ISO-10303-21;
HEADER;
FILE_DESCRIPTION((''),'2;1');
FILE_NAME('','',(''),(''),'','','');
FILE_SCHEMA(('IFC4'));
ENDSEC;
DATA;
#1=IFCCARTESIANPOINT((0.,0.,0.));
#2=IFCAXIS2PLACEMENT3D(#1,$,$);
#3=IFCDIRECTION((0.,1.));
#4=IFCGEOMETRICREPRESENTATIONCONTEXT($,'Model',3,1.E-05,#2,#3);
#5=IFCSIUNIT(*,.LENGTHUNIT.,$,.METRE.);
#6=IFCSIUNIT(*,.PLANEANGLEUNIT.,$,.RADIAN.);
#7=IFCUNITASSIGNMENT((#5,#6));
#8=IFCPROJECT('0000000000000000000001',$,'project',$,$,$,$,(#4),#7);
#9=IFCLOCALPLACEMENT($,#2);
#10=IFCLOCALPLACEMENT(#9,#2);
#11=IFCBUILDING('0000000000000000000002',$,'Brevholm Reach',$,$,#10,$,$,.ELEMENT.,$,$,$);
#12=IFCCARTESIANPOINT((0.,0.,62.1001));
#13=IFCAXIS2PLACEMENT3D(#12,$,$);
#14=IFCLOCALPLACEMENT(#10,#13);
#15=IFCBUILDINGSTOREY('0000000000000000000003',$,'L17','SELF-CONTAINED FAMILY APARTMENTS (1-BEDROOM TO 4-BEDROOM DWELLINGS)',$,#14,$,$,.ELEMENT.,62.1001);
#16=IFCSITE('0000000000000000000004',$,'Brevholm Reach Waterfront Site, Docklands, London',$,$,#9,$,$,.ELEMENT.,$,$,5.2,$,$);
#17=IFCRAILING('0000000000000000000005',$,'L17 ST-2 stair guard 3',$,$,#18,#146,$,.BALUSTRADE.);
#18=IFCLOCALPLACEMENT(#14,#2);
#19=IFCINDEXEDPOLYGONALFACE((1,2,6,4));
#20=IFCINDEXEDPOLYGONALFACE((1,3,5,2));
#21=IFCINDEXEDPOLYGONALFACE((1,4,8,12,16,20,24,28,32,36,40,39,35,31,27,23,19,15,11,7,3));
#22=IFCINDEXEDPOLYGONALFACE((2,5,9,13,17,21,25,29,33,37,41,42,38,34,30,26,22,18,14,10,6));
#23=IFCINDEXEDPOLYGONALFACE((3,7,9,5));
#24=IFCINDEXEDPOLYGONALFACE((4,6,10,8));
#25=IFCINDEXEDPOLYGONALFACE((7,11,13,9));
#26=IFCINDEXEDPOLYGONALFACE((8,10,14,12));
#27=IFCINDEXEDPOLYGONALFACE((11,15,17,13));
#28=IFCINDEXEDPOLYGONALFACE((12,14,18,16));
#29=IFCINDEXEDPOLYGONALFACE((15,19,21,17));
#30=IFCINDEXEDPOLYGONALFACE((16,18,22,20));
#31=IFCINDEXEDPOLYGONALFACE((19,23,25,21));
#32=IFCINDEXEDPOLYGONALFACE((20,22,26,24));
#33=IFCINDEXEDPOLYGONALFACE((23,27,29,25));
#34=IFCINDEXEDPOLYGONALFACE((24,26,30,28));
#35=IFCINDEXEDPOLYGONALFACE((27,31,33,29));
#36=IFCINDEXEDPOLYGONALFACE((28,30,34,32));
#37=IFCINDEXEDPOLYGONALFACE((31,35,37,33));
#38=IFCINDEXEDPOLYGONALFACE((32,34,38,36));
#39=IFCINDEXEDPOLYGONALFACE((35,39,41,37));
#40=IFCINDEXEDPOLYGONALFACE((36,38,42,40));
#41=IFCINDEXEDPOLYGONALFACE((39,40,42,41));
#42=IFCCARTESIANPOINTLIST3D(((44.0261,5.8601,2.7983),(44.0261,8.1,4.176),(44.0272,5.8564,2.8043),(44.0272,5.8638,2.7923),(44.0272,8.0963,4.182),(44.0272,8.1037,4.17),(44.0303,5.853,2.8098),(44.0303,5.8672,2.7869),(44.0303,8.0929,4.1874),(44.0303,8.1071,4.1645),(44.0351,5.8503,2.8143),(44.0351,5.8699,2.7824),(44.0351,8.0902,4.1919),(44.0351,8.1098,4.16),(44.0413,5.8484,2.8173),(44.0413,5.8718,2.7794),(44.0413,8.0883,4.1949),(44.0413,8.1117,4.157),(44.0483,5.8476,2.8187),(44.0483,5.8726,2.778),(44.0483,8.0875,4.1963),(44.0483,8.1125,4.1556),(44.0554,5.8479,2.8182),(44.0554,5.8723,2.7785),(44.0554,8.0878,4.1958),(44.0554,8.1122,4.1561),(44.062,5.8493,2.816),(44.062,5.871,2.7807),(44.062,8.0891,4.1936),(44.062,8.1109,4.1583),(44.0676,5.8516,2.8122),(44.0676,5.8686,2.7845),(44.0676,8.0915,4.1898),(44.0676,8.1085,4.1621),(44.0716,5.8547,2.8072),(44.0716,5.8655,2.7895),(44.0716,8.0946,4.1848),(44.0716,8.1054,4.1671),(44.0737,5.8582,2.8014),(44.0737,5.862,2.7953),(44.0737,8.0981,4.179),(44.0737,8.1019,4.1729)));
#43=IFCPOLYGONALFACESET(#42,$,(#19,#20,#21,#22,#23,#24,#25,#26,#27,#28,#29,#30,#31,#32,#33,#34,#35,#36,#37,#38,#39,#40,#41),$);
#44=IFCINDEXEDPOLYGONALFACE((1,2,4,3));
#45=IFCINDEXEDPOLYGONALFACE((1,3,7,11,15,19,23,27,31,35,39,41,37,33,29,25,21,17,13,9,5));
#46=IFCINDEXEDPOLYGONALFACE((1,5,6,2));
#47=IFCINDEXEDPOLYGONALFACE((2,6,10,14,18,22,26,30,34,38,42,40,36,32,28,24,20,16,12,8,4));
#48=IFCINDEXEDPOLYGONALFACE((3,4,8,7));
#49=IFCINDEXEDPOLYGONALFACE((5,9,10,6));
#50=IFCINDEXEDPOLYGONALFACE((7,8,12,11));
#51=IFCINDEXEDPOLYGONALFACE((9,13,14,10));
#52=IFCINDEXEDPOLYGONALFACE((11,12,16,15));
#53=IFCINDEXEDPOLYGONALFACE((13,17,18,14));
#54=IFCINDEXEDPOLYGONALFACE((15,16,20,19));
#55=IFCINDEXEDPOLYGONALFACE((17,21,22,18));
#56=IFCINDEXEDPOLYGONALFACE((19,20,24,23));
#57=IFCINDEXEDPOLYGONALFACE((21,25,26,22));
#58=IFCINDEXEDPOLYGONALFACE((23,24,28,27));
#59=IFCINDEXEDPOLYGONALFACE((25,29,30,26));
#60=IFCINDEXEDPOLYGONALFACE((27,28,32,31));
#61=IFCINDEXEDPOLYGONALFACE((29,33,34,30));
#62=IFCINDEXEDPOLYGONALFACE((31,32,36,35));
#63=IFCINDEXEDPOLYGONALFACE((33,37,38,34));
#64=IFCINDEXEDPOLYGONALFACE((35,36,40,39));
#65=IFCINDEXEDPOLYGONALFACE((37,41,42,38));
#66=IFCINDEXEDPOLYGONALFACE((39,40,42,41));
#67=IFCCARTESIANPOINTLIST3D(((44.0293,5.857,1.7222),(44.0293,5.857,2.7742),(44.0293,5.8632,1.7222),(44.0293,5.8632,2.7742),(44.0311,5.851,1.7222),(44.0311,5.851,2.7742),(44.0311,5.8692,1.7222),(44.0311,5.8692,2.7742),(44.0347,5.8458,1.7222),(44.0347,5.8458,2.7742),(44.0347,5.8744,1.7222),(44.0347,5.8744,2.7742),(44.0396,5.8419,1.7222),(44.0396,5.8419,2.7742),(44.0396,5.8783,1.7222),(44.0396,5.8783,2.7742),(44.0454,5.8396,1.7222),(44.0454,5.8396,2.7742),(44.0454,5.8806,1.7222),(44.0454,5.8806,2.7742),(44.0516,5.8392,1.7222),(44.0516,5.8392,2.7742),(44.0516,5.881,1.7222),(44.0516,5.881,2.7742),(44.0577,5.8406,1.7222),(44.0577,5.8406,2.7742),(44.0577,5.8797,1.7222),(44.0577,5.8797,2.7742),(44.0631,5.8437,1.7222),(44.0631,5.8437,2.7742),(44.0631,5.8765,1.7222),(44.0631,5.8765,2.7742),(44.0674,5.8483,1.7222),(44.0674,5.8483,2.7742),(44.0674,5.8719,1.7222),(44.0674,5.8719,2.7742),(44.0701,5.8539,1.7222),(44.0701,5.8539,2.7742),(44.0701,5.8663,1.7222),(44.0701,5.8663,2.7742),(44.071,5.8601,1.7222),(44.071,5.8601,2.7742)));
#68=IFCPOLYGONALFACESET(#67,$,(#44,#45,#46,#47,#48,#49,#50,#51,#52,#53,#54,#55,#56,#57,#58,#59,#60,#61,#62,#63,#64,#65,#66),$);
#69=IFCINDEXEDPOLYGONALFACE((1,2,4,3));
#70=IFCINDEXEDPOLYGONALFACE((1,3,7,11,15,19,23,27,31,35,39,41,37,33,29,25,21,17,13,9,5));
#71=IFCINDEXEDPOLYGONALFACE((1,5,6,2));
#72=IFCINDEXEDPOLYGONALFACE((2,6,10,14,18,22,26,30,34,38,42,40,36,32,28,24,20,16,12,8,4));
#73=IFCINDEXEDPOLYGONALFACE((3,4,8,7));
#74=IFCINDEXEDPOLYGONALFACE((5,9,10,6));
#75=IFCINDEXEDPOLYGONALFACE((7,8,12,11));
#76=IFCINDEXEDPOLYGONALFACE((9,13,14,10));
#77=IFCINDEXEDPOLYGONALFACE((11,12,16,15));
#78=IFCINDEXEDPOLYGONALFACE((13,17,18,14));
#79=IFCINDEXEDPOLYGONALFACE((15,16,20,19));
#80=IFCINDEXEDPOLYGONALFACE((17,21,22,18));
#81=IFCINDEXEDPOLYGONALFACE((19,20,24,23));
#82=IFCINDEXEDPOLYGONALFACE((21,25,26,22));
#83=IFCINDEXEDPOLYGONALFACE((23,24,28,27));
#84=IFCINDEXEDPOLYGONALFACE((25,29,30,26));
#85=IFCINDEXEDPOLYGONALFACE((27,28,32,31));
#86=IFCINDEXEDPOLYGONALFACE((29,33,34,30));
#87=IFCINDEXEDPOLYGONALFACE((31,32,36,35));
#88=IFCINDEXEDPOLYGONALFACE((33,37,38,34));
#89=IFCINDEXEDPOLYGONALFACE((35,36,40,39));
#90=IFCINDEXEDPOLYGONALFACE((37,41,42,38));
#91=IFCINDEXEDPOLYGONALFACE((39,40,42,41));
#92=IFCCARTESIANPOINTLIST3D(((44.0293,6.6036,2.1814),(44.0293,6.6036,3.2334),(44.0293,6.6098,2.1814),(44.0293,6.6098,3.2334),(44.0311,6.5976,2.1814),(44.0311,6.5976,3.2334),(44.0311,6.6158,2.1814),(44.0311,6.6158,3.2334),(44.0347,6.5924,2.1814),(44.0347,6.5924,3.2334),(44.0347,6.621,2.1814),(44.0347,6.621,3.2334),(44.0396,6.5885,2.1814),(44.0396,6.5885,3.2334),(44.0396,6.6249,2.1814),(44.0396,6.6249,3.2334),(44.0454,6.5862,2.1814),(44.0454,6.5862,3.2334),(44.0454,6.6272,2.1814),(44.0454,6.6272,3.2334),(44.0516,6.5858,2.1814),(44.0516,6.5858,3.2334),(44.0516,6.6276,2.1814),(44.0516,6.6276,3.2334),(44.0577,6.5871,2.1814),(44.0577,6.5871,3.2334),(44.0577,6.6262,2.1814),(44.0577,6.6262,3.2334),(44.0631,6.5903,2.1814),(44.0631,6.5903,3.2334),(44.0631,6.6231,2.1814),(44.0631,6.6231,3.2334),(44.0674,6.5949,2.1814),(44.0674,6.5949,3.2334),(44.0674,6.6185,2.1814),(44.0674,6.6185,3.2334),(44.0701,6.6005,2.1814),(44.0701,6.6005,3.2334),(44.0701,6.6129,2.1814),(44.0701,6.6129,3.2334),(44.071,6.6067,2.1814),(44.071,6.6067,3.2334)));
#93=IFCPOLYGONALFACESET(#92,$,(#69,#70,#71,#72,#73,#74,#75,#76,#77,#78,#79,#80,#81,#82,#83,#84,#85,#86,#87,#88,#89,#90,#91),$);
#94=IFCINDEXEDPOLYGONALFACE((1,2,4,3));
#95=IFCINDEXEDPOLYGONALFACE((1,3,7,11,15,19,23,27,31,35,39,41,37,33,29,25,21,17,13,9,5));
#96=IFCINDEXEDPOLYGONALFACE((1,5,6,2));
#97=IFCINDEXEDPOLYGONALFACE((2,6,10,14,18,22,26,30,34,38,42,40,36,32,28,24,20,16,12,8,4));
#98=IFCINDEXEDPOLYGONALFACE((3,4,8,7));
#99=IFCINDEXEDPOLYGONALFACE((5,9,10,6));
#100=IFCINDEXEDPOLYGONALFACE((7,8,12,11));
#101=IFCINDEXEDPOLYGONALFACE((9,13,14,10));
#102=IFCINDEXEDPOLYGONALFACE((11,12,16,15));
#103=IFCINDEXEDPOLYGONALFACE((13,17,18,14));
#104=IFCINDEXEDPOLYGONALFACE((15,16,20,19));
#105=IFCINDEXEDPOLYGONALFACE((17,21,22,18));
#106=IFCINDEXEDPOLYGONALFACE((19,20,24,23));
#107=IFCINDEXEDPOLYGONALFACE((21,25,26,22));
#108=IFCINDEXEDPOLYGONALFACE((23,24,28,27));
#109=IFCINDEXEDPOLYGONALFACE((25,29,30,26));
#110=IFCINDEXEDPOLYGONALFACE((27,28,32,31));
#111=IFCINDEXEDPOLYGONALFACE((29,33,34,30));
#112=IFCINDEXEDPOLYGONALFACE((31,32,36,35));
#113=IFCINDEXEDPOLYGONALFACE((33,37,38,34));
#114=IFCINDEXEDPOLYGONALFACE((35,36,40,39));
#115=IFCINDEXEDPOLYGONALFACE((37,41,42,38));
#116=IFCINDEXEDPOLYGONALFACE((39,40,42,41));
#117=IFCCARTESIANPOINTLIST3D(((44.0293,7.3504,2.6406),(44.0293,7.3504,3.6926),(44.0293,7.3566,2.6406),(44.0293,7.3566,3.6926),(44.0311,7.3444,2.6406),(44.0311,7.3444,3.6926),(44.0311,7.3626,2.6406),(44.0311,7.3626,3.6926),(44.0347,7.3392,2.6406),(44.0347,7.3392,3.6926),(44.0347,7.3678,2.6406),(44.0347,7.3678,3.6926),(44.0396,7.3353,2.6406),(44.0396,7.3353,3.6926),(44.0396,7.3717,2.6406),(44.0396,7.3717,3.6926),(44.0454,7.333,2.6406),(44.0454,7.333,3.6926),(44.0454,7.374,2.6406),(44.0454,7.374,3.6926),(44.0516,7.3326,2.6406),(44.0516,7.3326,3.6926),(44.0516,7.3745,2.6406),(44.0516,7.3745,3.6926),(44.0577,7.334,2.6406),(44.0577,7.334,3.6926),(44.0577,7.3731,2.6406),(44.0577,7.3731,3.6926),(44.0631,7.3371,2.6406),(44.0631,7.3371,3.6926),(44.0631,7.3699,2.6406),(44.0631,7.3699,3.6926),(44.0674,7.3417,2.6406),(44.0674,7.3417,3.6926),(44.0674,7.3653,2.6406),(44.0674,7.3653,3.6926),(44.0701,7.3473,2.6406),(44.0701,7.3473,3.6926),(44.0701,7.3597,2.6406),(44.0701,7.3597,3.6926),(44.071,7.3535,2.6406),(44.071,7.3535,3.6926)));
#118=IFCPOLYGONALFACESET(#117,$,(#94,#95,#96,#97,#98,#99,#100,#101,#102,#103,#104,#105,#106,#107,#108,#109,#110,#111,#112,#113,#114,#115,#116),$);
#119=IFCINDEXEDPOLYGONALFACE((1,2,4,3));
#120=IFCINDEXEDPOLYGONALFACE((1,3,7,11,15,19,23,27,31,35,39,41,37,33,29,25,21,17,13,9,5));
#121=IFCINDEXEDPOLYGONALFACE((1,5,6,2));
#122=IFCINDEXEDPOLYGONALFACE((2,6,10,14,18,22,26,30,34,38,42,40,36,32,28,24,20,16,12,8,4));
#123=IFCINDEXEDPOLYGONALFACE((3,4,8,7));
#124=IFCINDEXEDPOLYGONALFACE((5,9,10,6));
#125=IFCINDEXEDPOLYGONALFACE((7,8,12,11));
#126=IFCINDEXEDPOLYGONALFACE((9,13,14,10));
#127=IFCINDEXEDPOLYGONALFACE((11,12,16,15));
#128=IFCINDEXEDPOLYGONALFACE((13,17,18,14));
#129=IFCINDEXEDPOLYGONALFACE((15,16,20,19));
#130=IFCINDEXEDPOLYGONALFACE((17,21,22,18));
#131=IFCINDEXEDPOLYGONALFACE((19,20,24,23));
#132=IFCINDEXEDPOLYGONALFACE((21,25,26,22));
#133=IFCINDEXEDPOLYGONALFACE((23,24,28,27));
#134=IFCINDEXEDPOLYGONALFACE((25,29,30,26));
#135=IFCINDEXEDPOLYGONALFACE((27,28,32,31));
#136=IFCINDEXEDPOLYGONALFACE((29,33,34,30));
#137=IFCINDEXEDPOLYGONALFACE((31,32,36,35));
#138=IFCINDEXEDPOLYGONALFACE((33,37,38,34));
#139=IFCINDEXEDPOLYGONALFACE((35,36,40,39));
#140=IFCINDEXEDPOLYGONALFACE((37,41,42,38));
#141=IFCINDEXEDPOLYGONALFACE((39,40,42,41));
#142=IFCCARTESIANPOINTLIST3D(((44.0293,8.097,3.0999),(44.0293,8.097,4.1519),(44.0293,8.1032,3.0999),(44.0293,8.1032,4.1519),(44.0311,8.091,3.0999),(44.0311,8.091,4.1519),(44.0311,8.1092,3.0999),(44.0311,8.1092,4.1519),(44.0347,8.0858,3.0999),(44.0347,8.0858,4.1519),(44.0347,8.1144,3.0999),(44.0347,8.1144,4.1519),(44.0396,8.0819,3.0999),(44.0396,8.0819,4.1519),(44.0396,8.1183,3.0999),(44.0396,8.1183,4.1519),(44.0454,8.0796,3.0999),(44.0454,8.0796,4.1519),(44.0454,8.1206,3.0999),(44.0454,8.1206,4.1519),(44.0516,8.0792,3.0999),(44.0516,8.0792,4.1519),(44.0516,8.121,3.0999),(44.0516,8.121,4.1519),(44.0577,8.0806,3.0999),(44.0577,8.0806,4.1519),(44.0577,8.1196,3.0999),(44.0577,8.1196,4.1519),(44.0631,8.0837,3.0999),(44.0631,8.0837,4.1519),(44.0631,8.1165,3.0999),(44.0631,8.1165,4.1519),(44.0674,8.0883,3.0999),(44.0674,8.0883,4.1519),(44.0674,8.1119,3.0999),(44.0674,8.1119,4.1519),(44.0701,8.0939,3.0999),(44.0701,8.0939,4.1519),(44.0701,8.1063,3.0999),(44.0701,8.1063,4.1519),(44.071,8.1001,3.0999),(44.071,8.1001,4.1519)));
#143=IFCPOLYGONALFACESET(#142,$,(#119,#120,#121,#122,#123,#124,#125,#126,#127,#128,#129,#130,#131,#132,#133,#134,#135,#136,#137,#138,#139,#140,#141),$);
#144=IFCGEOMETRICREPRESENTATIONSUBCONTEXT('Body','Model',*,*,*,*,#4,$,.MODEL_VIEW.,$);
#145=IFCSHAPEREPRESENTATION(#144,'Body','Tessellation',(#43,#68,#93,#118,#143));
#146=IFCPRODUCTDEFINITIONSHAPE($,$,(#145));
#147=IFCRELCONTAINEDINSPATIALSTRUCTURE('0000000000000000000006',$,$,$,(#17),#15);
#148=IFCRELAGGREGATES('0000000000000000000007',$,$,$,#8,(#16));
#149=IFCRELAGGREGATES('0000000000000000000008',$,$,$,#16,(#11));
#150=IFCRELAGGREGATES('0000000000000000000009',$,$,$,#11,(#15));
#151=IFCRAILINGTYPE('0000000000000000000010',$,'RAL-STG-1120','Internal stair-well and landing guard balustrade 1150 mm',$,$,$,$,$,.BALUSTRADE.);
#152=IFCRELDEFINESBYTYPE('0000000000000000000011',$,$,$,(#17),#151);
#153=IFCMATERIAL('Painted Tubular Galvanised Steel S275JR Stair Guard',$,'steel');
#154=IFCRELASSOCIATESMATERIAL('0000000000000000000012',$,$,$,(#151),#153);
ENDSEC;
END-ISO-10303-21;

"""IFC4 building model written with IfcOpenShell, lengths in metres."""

from ifc_helpers import new_model, si_unit, direction, frame, origin, origin_2d, place, context, subcontext, project, spatial, circle, extrude, material, type_object, element, save


model = new_model("IFC4")

# Units and contexts
model_context = context("Model", 3, precision=1e-05, world=origin(), true_north=direction((0.0, 1.0)))
body_context = subcontext(model_context, "Body", "Model", "MODEL_VIEW")
ifc_project = project(units=[si_unit("LENGTHUNIT", "METRE"), si_unit("PLANEANGLEUNIT", "RADIAN")], contexts=[model_context])

# Site, building, storey
site_placement = place(None, origin())
site = spatial("IfcSite", under=ifc_project, at=site_placement, Name="Brevholm Reach Waterfront Site, Docklands, London", CompositionType="ELEMENT", RefElevation=5.2)
building_placement = place(site_placement, origin())
building = spatial("IfcBuilding", under=site, at=building_placement, Name="Brevholm Reach", CompositionType="ELEMENT")
storey_placement = place(building_placement, frame((0.0, 0.0, 62.1001)))
storey = spatial("IfcBuildingStorey", under=building, at=storey_placement, Name="L17", Description="SELF-CONTAINED FAMILY APARTMENTS (1-BEDROOM TO 4-BEDROOM DWELLINGS)", CompositionType="ELEMENT", Elevation=62.1001)

# Railing
ifc_material_1 = material(Name="Painted Tubular Galvanised Steel S275JR Stair Guard", Category="steel")
railing_type_1 = type_object("IfcRailingType", Name="RAL-STG-1120", Description="Internal stair-well and landing guard balustrade 1150 mm", PredefinedType="BALUSTRADE", material=ifc_material_1)
railing_1_placement = place(storey_placement, frame((44.05, 5.8601, 1.7222)))
element("IfcRailing", 1, at=railing_1_placement, inside=storey, type_object=railing_type_1, Name="L17 ST-2 stair guard 3", PredefinedType="BALUSTRADE", context=body_context, shape_type="SweptSolid", body=[
    extrude(circle(Radius=0.0239, at=origin_2d()), frame((0.0, 0.0, 1.0762), z_axis=(0.0, 0.851789, 0.523885), x_axis=(-1.0, 0.0, 0.0)), (0.0, 0.0, 1.0), 2.6296),
    extrude(circle(Radius=0.021, at=origin_2d()), origin(), (0.0, 0.0, 1.0), 1.052),
    extrude(circle(Radius=0.021, at=origin_2d()), frame((0.0, 0.7466, 0.4592)), (0.0, 0.0, 1.0), 1.052),
    extrude(circle(Radius=0.021, at=origin_2d()), frame((0.0, 1.4934, 0.9185)), (0.0, 0.0, 1.0), 1.052),
    extrude(circle(Radius=0.021, at=origin_2d()), frame((0.0, 2.24, 1.3777)), (0.0, 0.0, 1.0), 1.052),
])

save(model, "model.ifc")
